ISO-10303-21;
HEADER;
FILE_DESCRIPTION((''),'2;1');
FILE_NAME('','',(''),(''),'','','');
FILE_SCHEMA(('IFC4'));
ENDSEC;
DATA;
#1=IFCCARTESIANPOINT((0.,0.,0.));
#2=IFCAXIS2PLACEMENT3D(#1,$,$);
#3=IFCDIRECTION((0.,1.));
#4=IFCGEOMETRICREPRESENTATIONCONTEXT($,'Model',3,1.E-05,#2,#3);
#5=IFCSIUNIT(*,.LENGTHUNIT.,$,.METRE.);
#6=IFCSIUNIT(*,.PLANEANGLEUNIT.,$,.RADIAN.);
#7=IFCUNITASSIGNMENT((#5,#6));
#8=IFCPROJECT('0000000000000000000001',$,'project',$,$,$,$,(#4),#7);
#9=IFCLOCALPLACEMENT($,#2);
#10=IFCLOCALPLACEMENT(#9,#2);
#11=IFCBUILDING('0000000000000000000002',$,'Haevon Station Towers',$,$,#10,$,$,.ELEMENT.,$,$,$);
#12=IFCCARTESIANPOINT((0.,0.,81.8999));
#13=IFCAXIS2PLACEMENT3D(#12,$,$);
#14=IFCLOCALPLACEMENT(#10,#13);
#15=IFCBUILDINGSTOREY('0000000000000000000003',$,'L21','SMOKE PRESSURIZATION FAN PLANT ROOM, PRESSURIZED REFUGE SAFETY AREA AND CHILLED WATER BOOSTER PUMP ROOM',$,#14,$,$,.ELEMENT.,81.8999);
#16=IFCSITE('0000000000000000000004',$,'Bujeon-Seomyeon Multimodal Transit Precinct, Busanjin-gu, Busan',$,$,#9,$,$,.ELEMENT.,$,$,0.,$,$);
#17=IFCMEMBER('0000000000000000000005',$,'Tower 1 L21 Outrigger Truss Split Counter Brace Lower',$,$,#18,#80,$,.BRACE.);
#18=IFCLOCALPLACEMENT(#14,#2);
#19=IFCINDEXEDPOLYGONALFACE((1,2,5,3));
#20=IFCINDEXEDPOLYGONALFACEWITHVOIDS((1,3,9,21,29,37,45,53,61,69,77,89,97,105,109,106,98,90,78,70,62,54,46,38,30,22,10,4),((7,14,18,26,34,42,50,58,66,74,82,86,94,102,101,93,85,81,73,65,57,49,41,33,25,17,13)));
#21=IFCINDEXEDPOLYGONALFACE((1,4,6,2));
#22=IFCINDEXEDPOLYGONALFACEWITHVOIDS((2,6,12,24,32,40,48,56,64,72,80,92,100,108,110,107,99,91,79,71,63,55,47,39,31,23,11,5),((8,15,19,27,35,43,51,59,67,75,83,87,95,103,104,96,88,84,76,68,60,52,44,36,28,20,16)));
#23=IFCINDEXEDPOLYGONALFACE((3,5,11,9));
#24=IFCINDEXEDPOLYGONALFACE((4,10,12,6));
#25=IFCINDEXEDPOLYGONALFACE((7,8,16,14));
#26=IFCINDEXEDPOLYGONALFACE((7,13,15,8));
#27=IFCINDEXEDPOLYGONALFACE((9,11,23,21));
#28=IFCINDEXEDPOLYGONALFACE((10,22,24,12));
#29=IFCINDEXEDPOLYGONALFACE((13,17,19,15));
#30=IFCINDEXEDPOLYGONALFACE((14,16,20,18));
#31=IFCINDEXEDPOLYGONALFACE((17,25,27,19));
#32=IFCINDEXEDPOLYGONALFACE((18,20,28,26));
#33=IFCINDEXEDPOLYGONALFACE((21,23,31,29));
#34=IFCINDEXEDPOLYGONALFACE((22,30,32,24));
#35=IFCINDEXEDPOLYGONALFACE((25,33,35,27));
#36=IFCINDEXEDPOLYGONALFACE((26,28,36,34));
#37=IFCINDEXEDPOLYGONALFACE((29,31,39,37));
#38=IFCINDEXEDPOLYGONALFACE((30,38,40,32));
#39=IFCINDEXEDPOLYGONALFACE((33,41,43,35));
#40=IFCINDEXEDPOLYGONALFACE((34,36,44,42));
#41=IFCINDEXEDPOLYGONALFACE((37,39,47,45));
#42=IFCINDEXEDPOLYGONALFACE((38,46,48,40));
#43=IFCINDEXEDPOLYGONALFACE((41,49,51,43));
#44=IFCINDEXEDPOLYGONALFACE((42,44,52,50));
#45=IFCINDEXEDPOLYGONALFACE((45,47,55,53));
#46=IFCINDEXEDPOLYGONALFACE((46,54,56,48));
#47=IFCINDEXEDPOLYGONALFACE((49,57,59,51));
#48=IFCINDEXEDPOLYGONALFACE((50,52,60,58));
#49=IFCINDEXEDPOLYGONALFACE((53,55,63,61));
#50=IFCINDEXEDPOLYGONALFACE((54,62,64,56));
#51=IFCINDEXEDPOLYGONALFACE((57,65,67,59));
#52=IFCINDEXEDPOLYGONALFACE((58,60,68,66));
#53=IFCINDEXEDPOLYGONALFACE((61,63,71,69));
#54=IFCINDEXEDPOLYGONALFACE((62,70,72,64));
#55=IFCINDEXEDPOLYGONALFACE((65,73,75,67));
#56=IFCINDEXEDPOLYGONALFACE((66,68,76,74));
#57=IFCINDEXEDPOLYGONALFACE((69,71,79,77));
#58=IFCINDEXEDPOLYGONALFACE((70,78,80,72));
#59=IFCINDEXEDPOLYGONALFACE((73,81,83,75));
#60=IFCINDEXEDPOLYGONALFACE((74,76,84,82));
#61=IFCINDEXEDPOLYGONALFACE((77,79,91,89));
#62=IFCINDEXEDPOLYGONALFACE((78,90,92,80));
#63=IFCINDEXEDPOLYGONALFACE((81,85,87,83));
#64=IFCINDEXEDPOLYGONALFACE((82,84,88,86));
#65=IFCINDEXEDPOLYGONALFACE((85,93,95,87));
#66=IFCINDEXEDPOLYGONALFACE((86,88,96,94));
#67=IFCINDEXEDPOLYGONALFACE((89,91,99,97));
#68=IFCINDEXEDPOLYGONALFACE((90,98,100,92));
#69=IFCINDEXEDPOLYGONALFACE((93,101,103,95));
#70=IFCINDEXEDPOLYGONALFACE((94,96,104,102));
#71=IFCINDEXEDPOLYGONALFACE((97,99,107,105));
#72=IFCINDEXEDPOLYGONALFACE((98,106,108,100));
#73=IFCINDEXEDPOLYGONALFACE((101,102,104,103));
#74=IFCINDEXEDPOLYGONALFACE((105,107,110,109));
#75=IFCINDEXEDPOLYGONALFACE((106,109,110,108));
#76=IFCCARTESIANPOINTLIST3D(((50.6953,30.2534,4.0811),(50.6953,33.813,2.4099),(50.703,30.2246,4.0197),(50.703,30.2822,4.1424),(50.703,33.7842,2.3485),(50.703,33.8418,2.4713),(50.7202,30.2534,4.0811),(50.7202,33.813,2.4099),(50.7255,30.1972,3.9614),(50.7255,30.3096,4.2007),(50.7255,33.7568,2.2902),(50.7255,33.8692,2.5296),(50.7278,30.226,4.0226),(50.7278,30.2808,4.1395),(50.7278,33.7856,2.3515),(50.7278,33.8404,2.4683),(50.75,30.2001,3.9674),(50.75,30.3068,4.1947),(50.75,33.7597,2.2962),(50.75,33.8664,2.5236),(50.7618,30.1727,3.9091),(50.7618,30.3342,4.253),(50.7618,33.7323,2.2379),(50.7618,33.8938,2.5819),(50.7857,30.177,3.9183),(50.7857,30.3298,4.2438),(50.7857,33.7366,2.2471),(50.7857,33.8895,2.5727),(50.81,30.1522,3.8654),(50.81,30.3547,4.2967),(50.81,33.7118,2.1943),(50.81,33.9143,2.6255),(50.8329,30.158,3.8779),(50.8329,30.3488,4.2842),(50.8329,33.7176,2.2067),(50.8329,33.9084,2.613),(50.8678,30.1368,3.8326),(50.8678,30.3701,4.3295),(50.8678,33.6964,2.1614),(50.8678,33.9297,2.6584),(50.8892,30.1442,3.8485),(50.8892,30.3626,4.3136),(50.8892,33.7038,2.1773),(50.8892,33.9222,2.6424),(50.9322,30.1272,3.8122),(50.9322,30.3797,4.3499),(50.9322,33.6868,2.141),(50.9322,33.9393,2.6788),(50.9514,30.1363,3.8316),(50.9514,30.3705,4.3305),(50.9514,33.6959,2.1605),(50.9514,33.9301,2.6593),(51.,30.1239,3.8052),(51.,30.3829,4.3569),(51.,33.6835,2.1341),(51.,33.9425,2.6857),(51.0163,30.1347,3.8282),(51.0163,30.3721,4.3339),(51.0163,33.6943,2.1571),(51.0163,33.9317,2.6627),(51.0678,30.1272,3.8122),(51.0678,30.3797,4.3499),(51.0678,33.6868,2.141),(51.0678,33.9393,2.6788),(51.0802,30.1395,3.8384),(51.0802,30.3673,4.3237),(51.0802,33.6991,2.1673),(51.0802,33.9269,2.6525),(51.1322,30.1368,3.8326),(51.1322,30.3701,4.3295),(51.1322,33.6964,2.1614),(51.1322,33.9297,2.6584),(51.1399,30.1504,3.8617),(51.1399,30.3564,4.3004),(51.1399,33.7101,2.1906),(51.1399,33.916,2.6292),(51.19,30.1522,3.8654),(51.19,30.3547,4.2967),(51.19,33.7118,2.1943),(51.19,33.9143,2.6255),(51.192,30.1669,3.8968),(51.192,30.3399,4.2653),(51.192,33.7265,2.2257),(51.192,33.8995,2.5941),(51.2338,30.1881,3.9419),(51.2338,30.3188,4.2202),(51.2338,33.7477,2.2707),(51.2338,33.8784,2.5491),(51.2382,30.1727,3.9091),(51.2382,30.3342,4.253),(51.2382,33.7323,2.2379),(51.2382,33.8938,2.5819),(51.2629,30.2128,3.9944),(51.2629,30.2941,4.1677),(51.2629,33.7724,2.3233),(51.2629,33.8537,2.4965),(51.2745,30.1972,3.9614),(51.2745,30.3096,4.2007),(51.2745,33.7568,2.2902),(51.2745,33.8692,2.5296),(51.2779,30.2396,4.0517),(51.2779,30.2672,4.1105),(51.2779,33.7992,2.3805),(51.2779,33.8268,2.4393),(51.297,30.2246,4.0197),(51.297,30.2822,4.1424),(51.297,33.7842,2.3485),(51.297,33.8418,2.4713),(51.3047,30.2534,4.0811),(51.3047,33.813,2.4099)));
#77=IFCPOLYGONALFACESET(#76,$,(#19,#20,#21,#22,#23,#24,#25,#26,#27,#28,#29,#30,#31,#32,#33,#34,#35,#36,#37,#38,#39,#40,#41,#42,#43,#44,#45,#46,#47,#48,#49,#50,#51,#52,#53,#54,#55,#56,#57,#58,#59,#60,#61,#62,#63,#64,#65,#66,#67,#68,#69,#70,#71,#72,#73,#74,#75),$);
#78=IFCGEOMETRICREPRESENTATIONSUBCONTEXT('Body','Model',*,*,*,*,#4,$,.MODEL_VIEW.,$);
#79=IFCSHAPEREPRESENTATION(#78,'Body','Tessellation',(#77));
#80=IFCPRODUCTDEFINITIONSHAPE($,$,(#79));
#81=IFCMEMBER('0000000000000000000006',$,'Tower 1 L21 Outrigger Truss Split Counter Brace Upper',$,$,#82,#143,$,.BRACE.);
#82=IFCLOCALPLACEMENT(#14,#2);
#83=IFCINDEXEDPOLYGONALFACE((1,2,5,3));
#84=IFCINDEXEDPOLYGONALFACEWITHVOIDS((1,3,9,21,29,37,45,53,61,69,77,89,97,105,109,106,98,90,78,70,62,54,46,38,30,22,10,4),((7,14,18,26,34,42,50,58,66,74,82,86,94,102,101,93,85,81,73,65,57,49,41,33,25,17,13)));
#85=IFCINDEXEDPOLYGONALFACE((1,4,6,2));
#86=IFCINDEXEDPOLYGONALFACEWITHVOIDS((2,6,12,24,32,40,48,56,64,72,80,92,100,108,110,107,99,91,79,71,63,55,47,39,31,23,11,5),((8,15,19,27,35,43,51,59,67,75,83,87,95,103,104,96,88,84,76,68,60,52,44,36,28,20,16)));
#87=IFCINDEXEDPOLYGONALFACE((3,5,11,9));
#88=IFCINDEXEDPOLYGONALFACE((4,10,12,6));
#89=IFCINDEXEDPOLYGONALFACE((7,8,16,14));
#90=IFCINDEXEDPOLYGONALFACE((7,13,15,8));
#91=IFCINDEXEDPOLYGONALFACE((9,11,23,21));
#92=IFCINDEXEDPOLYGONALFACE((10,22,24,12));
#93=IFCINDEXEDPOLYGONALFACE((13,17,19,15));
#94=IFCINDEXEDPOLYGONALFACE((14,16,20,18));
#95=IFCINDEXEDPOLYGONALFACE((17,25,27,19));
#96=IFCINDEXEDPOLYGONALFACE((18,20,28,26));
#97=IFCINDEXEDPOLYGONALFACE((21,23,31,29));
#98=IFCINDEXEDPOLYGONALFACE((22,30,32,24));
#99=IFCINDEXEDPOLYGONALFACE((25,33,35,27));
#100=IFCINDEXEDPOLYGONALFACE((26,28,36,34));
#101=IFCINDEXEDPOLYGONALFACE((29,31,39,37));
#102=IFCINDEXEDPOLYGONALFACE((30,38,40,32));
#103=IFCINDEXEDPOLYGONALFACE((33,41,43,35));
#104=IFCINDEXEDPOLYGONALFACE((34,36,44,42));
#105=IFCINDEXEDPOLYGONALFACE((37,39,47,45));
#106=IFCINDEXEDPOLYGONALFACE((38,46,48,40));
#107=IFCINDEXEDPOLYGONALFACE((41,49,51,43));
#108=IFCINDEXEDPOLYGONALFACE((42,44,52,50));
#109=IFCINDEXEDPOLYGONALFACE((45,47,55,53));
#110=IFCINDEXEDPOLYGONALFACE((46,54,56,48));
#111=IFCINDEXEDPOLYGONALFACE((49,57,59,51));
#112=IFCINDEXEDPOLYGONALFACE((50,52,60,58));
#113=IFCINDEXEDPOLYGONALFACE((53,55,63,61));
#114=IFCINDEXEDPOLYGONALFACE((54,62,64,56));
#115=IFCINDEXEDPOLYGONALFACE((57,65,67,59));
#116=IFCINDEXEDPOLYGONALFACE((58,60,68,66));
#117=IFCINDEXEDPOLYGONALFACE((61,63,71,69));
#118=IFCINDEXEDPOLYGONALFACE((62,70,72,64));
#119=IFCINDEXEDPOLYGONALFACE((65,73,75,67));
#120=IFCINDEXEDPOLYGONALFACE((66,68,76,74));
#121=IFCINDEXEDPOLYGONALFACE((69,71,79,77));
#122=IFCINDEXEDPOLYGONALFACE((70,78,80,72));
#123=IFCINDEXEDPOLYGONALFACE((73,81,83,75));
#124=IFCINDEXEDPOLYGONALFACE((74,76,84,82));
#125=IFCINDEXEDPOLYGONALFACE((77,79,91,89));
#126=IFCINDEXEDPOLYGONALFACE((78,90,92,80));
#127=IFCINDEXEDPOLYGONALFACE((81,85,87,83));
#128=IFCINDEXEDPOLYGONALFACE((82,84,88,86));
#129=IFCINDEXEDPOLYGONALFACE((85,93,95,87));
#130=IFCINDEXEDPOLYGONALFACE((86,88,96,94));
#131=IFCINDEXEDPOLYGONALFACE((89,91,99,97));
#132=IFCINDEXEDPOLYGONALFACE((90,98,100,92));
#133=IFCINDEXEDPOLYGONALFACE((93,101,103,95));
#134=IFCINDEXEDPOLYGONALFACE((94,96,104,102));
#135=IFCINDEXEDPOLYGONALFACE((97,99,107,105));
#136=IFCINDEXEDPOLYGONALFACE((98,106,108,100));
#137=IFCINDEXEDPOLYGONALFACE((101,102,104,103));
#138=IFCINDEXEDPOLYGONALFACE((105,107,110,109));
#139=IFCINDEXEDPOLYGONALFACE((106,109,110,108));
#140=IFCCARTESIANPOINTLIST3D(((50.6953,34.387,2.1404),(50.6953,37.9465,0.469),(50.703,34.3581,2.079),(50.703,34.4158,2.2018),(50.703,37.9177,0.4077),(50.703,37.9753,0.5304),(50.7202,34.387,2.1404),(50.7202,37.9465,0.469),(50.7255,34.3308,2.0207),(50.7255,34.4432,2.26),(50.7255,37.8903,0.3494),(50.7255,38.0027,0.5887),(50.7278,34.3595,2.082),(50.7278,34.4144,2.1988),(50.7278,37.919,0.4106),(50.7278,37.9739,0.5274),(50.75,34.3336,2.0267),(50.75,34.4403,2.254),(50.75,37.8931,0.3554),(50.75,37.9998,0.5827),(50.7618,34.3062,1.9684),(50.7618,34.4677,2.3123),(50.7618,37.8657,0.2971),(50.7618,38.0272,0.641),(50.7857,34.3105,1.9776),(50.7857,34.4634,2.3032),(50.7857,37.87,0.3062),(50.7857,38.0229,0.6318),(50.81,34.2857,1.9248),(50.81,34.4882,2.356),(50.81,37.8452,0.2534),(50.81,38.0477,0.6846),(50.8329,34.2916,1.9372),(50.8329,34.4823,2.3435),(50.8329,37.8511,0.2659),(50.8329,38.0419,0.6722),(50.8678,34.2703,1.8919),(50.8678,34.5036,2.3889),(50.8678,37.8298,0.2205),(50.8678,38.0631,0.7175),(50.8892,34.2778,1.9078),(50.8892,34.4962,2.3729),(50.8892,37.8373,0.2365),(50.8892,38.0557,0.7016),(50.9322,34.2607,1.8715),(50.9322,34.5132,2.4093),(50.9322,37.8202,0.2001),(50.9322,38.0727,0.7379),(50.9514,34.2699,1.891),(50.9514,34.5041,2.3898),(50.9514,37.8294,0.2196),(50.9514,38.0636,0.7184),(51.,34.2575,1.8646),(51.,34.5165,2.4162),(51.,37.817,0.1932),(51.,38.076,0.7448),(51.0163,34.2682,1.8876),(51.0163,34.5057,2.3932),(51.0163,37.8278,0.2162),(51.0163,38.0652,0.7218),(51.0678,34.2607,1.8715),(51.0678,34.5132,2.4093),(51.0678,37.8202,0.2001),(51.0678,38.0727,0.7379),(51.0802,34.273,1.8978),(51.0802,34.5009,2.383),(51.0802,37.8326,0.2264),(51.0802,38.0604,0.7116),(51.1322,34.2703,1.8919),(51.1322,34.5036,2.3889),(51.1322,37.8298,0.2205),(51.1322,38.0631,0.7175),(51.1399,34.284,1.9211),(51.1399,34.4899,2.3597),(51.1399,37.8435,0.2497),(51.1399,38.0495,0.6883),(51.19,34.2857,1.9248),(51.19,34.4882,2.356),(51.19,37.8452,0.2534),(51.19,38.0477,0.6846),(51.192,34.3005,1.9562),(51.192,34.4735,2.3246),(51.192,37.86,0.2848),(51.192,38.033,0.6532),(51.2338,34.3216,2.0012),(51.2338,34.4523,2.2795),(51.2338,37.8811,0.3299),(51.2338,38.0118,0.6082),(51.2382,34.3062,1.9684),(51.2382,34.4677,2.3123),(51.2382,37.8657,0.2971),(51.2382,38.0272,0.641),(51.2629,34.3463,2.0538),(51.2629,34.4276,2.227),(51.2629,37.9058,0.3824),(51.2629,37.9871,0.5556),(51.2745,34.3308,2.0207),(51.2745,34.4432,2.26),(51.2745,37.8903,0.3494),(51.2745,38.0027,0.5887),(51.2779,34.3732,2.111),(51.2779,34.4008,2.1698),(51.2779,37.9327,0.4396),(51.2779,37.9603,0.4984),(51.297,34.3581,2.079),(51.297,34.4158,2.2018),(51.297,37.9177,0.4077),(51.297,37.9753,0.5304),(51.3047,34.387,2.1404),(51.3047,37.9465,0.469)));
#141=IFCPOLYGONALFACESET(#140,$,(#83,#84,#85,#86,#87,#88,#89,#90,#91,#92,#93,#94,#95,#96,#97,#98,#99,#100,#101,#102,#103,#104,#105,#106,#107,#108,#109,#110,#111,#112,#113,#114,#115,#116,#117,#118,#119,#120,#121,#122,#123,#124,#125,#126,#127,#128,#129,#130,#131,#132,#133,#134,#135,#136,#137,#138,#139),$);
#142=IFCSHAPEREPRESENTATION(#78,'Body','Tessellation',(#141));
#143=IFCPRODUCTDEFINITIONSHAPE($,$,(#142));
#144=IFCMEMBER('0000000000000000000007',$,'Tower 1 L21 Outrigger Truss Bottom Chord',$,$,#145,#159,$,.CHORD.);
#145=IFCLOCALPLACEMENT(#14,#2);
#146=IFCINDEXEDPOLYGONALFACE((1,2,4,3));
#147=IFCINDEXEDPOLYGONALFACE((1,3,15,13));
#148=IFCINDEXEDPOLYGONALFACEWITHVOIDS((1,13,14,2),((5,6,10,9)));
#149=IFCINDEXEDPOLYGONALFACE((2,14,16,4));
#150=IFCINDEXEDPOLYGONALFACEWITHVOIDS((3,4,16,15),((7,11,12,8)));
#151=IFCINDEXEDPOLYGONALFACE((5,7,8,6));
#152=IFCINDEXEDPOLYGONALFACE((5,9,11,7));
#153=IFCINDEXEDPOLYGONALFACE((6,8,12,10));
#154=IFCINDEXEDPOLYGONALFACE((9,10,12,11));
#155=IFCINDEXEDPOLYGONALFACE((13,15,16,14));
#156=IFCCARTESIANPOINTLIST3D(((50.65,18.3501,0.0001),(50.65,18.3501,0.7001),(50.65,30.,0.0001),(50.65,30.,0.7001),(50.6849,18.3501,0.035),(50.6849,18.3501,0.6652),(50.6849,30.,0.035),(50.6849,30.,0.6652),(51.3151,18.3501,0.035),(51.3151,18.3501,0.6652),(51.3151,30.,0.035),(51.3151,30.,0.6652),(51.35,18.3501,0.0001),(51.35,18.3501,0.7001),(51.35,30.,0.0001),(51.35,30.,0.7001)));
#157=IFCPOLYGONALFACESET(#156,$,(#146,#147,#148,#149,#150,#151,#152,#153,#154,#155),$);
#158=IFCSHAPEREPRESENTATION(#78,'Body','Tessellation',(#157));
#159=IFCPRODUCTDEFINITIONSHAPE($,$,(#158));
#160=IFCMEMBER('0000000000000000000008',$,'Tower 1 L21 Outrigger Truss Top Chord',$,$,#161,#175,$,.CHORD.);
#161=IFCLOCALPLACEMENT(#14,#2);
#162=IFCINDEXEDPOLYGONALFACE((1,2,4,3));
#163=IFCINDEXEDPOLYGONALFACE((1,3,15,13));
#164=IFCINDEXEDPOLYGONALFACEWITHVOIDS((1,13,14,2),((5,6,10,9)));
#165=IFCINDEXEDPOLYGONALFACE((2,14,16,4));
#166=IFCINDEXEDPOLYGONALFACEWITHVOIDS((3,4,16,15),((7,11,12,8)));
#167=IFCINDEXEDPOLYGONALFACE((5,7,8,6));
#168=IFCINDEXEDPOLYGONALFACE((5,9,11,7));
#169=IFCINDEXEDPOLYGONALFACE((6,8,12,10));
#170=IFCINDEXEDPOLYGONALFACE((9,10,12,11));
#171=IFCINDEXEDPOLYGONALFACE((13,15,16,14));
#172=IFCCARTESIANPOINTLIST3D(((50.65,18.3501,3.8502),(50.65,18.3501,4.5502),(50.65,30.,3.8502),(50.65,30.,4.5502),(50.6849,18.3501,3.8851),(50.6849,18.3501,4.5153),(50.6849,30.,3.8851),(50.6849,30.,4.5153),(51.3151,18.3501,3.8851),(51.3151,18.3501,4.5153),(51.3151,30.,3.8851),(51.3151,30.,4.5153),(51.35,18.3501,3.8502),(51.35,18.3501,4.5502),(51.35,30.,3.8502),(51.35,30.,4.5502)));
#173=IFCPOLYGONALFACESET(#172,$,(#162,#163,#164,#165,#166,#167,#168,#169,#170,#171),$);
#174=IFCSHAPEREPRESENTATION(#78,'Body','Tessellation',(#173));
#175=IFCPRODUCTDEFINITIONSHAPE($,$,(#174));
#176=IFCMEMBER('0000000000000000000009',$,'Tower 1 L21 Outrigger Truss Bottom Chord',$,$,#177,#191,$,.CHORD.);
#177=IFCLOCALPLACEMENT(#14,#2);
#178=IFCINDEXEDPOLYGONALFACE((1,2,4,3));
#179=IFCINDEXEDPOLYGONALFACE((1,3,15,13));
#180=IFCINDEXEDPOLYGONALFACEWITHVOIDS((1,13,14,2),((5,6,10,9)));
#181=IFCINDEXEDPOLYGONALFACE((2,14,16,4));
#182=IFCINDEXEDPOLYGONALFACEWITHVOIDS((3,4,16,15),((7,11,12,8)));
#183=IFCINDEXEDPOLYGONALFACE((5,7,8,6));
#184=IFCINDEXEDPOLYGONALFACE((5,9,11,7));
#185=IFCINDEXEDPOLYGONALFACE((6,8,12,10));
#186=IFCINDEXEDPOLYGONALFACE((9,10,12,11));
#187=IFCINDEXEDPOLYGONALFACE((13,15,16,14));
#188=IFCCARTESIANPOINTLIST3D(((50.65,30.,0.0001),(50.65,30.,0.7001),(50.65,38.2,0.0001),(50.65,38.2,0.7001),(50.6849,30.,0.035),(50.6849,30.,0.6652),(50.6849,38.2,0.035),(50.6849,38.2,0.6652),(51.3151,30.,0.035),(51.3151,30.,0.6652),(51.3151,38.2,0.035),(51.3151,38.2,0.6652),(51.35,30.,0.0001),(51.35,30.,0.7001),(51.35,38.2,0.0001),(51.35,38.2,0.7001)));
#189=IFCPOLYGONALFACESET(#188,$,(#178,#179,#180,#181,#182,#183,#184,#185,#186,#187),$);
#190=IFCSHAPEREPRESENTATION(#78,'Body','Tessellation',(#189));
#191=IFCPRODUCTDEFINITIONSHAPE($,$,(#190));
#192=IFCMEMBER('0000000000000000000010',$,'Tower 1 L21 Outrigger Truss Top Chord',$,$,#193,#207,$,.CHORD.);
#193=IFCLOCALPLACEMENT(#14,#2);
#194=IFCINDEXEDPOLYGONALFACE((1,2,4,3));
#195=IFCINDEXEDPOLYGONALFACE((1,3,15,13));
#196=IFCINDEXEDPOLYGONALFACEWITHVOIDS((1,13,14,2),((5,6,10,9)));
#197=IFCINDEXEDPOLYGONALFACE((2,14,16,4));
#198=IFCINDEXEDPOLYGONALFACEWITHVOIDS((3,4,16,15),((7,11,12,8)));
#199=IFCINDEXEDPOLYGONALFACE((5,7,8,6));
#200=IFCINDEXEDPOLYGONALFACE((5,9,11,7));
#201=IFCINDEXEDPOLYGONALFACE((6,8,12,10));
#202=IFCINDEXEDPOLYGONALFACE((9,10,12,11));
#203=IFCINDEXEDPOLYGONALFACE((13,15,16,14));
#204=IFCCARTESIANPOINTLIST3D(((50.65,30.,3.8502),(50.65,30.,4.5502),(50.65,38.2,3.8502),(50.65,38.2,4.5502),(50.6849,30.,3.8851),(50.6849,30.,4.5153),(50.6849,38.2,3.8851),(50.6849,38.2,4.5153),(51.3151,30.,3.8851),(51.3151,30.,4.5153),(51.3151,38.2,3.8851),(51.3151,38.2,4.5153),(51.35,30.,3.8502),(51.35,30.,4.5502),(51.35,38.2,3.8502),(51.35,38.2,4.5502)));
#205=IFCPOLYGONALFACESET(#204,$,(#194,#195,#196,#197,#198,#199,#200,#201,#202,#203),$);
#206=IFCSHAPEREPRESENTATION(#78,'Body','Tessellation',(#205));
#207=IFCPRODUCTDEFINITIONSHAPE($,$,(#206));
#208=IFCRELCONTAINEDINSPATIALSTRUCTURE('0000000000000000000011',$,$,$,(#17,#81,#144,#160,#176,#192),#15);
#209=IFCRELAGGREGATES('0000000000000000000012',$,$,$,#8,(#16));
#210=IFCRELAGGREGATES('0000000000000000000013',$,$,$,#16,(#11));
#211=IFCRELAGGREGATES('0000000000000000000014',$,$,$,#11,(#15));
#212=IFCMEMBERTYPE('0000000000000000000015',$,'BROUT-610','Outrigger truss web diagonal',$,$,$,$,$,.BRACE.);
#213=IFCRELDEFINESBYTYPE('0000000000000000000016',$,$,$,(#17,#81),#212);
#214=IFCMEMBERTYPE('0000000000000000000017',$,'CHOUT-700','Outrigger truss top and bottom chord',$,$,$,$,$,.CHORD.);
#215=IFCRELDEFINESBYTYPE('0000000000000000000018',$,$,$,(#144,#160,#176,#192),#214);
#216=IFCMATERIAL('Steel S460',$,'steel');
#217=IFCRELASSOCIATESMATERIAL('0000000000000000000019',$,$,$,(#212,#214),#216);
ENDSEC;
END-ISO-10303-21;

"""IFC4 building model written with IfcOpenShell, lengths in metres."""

from ifc_helpers import new_model, si_unit, direction, frame, origin, origin_2d, place, context, subcontext, project, spatial, hollow_rectangle, hollow_circle, extrude, material, material_profile, profile_set, type_object, element, save


model = new_model("IFC4")

# Units and contexts
model_context = context("Model", 3, precision=1e-05, world=origin(), true_north=direction((0.0, 1.0)))
body_context = subcontext(model_context, "Body", "Model", "MODEL_VIEW")
ifc_project = project(units=[si_unit("LENGTHUNIT", "METRE"), si_unit("PLANEANGLEUNIT", "RADIAN")], contexts=[model_context])

# Site, building, storey
site_placement = place(None, origin())
site = spatial("IfcSite", under=ifc_project, at=site_placement, Name="Bujeon-Seomyeon Multimodal Transit Precinct, Busanjin-gu, Busan", CompositionType="ELEMENT", RefElevation=0.0)
building_placement = place(site_placement, origin())
building = spatial("IfcBuilding", under=site, at=building_placement, Name="Haevon Station Towers", CompositionType="ELEMENT")
storey_placement = place(building_placement, frame((0.0, 0.0, 81.8999)))
storey = spatial("IfcBuildingStorey", under=building, at=storey_placement, Name="L21", Description="SMOKE PRESSURIZATION FAN PLANT ROOM, PRESSURIZED REFUGE SAFETY AREA AND CHILLED WATER BOOSTER PUMP ROOM", CompositionType="ELEMENT", Elevation=81.8999)

# Shared definitions
ifc_material_1 = material(Name="Steel S460", Category="steel")

# Members
ifc_material_profile_1 = material_profile(ifc_material_1, hollow_circle(Radius=0.3047, WallThickness=0.0249, at=origin_2d()), Name="CHS-609.6x25")
ifc_profile_set_1 = profile_set([ifc_material_profile_1], Name="Steel S460")
member_type_1 = type_object("IfcMemberType", Name="BROUT-610", Description="Outrigger truss web diagonal", PredefinedType="BRACE", material=ifc_profile_set_1)
for number, where, z_axis, x_axis, name in (
    (1, (51.0, 30.2534, 4.0811), (0.0, 0.905205, -0.424975), (-1.0, 0.0, 0.0), "Tower 1 L21 Outrigger Truss Split Counter Brace Lower"),
    (2, (51.0, 34.387, 2.1404), (0.0, 0.905181, -0.425025), (-1.0, 0.0, 0.0), "Tower 1 L21 Outrigger Truss Split Counter Brace Upper"),
):
    element("IfcMember", number, at=place(storey_placement, frame(where, z_axis=z_axis, x_axis=x_axis)), inside=storey, type_object=member_type_1, Name=name, PredefinedType="BRACE", context=body_context, shape_type="SweptSolid", body=[
        extrude(hollow_circle(Radius=0.3047, WallThickness=0.0249, at=origin_2d()), origin(), (0.0, 0.0, 1.0), 3.9324),
    ])
ifc_material_profile_2 = material_profile(ifc_material_1, hollow_rectangle(XDim=0.7, YDim=0.7, WallThickness=0.0349, at=origin_2d()), Name="RHS-700x700x35")
ifc_profile_set_2 = profile_set([ifc_material_profile_2], Name="Steel S460")
member_type_2 = type_object("IfcMemberType", Name="CHOUT-700", Description="Outrigger truss top and bottom chord", PredefinedType="CHORD", material=ifc_profile_set_2)
for number, where, z_axis, x_axis, name in (
    (3, (51.0, 18.3501, 0.3501), (0.0, 1.0, 0.0), (-1.0, 0.0, 0.0), "Tower 1 L21 Outrigger Truss Bottom Chord"),
    (4, (51.0, 18.3501, 4.2002), (0.0, 1.0, 0.0), (-1.0, 0.0, 0.0), "Tower 1 L21 Outrigger Truss Top Chord"),
):
    element("IfcMember", number, at=place(storey_placement, frame(where, z_axis=z_axis, x_axis=x_axis)), inside=storey, type_object=member_type_2, Name=name, PredefinedType="CHORD", context=body_context, shape_type="SweptSolid", body=[
        extrude(hollow_rectangle(XDim=0.7, YDim=0.7, WallThickness=0.0349, at=origin_2d()), origin(), (0.0, 0.0, 1.0), 11.6499),
    ])
for number, where, z_axis, x_axis, name in (
    (5, (51.0, 30.0, 0.3501), (0.0, 1.0, 0.0), (-1.0, 0.0, 0.0), "Tower 1 L21 Outrigger Truss Bottom Chord"),
    (6, (51.0, 30.0, 4.2002), (0.0, 1.0, 0.0), (-1.0, 0.0, 0.0), "Tower 1 L21 Outrigger Truss Top Chord"),
):
    element("IfcMember", number, at=place(storey_placement, frame(where, z_axis=z_axis, x_axis=x_axis)), inside=storey, type_object=member_type_2, Name=name, PredefinedType="CHORD", context=body_context, shape_type="SweptSolid", body=[
        extrude(hollow_rectangle(XDim=0.7, YDim=0.7, WallThickness=0.0349, at=origin_2d()), origin(), (0.0, 0.0, 1.0), 8.2),
    ])

save(model, "model.ifc")
